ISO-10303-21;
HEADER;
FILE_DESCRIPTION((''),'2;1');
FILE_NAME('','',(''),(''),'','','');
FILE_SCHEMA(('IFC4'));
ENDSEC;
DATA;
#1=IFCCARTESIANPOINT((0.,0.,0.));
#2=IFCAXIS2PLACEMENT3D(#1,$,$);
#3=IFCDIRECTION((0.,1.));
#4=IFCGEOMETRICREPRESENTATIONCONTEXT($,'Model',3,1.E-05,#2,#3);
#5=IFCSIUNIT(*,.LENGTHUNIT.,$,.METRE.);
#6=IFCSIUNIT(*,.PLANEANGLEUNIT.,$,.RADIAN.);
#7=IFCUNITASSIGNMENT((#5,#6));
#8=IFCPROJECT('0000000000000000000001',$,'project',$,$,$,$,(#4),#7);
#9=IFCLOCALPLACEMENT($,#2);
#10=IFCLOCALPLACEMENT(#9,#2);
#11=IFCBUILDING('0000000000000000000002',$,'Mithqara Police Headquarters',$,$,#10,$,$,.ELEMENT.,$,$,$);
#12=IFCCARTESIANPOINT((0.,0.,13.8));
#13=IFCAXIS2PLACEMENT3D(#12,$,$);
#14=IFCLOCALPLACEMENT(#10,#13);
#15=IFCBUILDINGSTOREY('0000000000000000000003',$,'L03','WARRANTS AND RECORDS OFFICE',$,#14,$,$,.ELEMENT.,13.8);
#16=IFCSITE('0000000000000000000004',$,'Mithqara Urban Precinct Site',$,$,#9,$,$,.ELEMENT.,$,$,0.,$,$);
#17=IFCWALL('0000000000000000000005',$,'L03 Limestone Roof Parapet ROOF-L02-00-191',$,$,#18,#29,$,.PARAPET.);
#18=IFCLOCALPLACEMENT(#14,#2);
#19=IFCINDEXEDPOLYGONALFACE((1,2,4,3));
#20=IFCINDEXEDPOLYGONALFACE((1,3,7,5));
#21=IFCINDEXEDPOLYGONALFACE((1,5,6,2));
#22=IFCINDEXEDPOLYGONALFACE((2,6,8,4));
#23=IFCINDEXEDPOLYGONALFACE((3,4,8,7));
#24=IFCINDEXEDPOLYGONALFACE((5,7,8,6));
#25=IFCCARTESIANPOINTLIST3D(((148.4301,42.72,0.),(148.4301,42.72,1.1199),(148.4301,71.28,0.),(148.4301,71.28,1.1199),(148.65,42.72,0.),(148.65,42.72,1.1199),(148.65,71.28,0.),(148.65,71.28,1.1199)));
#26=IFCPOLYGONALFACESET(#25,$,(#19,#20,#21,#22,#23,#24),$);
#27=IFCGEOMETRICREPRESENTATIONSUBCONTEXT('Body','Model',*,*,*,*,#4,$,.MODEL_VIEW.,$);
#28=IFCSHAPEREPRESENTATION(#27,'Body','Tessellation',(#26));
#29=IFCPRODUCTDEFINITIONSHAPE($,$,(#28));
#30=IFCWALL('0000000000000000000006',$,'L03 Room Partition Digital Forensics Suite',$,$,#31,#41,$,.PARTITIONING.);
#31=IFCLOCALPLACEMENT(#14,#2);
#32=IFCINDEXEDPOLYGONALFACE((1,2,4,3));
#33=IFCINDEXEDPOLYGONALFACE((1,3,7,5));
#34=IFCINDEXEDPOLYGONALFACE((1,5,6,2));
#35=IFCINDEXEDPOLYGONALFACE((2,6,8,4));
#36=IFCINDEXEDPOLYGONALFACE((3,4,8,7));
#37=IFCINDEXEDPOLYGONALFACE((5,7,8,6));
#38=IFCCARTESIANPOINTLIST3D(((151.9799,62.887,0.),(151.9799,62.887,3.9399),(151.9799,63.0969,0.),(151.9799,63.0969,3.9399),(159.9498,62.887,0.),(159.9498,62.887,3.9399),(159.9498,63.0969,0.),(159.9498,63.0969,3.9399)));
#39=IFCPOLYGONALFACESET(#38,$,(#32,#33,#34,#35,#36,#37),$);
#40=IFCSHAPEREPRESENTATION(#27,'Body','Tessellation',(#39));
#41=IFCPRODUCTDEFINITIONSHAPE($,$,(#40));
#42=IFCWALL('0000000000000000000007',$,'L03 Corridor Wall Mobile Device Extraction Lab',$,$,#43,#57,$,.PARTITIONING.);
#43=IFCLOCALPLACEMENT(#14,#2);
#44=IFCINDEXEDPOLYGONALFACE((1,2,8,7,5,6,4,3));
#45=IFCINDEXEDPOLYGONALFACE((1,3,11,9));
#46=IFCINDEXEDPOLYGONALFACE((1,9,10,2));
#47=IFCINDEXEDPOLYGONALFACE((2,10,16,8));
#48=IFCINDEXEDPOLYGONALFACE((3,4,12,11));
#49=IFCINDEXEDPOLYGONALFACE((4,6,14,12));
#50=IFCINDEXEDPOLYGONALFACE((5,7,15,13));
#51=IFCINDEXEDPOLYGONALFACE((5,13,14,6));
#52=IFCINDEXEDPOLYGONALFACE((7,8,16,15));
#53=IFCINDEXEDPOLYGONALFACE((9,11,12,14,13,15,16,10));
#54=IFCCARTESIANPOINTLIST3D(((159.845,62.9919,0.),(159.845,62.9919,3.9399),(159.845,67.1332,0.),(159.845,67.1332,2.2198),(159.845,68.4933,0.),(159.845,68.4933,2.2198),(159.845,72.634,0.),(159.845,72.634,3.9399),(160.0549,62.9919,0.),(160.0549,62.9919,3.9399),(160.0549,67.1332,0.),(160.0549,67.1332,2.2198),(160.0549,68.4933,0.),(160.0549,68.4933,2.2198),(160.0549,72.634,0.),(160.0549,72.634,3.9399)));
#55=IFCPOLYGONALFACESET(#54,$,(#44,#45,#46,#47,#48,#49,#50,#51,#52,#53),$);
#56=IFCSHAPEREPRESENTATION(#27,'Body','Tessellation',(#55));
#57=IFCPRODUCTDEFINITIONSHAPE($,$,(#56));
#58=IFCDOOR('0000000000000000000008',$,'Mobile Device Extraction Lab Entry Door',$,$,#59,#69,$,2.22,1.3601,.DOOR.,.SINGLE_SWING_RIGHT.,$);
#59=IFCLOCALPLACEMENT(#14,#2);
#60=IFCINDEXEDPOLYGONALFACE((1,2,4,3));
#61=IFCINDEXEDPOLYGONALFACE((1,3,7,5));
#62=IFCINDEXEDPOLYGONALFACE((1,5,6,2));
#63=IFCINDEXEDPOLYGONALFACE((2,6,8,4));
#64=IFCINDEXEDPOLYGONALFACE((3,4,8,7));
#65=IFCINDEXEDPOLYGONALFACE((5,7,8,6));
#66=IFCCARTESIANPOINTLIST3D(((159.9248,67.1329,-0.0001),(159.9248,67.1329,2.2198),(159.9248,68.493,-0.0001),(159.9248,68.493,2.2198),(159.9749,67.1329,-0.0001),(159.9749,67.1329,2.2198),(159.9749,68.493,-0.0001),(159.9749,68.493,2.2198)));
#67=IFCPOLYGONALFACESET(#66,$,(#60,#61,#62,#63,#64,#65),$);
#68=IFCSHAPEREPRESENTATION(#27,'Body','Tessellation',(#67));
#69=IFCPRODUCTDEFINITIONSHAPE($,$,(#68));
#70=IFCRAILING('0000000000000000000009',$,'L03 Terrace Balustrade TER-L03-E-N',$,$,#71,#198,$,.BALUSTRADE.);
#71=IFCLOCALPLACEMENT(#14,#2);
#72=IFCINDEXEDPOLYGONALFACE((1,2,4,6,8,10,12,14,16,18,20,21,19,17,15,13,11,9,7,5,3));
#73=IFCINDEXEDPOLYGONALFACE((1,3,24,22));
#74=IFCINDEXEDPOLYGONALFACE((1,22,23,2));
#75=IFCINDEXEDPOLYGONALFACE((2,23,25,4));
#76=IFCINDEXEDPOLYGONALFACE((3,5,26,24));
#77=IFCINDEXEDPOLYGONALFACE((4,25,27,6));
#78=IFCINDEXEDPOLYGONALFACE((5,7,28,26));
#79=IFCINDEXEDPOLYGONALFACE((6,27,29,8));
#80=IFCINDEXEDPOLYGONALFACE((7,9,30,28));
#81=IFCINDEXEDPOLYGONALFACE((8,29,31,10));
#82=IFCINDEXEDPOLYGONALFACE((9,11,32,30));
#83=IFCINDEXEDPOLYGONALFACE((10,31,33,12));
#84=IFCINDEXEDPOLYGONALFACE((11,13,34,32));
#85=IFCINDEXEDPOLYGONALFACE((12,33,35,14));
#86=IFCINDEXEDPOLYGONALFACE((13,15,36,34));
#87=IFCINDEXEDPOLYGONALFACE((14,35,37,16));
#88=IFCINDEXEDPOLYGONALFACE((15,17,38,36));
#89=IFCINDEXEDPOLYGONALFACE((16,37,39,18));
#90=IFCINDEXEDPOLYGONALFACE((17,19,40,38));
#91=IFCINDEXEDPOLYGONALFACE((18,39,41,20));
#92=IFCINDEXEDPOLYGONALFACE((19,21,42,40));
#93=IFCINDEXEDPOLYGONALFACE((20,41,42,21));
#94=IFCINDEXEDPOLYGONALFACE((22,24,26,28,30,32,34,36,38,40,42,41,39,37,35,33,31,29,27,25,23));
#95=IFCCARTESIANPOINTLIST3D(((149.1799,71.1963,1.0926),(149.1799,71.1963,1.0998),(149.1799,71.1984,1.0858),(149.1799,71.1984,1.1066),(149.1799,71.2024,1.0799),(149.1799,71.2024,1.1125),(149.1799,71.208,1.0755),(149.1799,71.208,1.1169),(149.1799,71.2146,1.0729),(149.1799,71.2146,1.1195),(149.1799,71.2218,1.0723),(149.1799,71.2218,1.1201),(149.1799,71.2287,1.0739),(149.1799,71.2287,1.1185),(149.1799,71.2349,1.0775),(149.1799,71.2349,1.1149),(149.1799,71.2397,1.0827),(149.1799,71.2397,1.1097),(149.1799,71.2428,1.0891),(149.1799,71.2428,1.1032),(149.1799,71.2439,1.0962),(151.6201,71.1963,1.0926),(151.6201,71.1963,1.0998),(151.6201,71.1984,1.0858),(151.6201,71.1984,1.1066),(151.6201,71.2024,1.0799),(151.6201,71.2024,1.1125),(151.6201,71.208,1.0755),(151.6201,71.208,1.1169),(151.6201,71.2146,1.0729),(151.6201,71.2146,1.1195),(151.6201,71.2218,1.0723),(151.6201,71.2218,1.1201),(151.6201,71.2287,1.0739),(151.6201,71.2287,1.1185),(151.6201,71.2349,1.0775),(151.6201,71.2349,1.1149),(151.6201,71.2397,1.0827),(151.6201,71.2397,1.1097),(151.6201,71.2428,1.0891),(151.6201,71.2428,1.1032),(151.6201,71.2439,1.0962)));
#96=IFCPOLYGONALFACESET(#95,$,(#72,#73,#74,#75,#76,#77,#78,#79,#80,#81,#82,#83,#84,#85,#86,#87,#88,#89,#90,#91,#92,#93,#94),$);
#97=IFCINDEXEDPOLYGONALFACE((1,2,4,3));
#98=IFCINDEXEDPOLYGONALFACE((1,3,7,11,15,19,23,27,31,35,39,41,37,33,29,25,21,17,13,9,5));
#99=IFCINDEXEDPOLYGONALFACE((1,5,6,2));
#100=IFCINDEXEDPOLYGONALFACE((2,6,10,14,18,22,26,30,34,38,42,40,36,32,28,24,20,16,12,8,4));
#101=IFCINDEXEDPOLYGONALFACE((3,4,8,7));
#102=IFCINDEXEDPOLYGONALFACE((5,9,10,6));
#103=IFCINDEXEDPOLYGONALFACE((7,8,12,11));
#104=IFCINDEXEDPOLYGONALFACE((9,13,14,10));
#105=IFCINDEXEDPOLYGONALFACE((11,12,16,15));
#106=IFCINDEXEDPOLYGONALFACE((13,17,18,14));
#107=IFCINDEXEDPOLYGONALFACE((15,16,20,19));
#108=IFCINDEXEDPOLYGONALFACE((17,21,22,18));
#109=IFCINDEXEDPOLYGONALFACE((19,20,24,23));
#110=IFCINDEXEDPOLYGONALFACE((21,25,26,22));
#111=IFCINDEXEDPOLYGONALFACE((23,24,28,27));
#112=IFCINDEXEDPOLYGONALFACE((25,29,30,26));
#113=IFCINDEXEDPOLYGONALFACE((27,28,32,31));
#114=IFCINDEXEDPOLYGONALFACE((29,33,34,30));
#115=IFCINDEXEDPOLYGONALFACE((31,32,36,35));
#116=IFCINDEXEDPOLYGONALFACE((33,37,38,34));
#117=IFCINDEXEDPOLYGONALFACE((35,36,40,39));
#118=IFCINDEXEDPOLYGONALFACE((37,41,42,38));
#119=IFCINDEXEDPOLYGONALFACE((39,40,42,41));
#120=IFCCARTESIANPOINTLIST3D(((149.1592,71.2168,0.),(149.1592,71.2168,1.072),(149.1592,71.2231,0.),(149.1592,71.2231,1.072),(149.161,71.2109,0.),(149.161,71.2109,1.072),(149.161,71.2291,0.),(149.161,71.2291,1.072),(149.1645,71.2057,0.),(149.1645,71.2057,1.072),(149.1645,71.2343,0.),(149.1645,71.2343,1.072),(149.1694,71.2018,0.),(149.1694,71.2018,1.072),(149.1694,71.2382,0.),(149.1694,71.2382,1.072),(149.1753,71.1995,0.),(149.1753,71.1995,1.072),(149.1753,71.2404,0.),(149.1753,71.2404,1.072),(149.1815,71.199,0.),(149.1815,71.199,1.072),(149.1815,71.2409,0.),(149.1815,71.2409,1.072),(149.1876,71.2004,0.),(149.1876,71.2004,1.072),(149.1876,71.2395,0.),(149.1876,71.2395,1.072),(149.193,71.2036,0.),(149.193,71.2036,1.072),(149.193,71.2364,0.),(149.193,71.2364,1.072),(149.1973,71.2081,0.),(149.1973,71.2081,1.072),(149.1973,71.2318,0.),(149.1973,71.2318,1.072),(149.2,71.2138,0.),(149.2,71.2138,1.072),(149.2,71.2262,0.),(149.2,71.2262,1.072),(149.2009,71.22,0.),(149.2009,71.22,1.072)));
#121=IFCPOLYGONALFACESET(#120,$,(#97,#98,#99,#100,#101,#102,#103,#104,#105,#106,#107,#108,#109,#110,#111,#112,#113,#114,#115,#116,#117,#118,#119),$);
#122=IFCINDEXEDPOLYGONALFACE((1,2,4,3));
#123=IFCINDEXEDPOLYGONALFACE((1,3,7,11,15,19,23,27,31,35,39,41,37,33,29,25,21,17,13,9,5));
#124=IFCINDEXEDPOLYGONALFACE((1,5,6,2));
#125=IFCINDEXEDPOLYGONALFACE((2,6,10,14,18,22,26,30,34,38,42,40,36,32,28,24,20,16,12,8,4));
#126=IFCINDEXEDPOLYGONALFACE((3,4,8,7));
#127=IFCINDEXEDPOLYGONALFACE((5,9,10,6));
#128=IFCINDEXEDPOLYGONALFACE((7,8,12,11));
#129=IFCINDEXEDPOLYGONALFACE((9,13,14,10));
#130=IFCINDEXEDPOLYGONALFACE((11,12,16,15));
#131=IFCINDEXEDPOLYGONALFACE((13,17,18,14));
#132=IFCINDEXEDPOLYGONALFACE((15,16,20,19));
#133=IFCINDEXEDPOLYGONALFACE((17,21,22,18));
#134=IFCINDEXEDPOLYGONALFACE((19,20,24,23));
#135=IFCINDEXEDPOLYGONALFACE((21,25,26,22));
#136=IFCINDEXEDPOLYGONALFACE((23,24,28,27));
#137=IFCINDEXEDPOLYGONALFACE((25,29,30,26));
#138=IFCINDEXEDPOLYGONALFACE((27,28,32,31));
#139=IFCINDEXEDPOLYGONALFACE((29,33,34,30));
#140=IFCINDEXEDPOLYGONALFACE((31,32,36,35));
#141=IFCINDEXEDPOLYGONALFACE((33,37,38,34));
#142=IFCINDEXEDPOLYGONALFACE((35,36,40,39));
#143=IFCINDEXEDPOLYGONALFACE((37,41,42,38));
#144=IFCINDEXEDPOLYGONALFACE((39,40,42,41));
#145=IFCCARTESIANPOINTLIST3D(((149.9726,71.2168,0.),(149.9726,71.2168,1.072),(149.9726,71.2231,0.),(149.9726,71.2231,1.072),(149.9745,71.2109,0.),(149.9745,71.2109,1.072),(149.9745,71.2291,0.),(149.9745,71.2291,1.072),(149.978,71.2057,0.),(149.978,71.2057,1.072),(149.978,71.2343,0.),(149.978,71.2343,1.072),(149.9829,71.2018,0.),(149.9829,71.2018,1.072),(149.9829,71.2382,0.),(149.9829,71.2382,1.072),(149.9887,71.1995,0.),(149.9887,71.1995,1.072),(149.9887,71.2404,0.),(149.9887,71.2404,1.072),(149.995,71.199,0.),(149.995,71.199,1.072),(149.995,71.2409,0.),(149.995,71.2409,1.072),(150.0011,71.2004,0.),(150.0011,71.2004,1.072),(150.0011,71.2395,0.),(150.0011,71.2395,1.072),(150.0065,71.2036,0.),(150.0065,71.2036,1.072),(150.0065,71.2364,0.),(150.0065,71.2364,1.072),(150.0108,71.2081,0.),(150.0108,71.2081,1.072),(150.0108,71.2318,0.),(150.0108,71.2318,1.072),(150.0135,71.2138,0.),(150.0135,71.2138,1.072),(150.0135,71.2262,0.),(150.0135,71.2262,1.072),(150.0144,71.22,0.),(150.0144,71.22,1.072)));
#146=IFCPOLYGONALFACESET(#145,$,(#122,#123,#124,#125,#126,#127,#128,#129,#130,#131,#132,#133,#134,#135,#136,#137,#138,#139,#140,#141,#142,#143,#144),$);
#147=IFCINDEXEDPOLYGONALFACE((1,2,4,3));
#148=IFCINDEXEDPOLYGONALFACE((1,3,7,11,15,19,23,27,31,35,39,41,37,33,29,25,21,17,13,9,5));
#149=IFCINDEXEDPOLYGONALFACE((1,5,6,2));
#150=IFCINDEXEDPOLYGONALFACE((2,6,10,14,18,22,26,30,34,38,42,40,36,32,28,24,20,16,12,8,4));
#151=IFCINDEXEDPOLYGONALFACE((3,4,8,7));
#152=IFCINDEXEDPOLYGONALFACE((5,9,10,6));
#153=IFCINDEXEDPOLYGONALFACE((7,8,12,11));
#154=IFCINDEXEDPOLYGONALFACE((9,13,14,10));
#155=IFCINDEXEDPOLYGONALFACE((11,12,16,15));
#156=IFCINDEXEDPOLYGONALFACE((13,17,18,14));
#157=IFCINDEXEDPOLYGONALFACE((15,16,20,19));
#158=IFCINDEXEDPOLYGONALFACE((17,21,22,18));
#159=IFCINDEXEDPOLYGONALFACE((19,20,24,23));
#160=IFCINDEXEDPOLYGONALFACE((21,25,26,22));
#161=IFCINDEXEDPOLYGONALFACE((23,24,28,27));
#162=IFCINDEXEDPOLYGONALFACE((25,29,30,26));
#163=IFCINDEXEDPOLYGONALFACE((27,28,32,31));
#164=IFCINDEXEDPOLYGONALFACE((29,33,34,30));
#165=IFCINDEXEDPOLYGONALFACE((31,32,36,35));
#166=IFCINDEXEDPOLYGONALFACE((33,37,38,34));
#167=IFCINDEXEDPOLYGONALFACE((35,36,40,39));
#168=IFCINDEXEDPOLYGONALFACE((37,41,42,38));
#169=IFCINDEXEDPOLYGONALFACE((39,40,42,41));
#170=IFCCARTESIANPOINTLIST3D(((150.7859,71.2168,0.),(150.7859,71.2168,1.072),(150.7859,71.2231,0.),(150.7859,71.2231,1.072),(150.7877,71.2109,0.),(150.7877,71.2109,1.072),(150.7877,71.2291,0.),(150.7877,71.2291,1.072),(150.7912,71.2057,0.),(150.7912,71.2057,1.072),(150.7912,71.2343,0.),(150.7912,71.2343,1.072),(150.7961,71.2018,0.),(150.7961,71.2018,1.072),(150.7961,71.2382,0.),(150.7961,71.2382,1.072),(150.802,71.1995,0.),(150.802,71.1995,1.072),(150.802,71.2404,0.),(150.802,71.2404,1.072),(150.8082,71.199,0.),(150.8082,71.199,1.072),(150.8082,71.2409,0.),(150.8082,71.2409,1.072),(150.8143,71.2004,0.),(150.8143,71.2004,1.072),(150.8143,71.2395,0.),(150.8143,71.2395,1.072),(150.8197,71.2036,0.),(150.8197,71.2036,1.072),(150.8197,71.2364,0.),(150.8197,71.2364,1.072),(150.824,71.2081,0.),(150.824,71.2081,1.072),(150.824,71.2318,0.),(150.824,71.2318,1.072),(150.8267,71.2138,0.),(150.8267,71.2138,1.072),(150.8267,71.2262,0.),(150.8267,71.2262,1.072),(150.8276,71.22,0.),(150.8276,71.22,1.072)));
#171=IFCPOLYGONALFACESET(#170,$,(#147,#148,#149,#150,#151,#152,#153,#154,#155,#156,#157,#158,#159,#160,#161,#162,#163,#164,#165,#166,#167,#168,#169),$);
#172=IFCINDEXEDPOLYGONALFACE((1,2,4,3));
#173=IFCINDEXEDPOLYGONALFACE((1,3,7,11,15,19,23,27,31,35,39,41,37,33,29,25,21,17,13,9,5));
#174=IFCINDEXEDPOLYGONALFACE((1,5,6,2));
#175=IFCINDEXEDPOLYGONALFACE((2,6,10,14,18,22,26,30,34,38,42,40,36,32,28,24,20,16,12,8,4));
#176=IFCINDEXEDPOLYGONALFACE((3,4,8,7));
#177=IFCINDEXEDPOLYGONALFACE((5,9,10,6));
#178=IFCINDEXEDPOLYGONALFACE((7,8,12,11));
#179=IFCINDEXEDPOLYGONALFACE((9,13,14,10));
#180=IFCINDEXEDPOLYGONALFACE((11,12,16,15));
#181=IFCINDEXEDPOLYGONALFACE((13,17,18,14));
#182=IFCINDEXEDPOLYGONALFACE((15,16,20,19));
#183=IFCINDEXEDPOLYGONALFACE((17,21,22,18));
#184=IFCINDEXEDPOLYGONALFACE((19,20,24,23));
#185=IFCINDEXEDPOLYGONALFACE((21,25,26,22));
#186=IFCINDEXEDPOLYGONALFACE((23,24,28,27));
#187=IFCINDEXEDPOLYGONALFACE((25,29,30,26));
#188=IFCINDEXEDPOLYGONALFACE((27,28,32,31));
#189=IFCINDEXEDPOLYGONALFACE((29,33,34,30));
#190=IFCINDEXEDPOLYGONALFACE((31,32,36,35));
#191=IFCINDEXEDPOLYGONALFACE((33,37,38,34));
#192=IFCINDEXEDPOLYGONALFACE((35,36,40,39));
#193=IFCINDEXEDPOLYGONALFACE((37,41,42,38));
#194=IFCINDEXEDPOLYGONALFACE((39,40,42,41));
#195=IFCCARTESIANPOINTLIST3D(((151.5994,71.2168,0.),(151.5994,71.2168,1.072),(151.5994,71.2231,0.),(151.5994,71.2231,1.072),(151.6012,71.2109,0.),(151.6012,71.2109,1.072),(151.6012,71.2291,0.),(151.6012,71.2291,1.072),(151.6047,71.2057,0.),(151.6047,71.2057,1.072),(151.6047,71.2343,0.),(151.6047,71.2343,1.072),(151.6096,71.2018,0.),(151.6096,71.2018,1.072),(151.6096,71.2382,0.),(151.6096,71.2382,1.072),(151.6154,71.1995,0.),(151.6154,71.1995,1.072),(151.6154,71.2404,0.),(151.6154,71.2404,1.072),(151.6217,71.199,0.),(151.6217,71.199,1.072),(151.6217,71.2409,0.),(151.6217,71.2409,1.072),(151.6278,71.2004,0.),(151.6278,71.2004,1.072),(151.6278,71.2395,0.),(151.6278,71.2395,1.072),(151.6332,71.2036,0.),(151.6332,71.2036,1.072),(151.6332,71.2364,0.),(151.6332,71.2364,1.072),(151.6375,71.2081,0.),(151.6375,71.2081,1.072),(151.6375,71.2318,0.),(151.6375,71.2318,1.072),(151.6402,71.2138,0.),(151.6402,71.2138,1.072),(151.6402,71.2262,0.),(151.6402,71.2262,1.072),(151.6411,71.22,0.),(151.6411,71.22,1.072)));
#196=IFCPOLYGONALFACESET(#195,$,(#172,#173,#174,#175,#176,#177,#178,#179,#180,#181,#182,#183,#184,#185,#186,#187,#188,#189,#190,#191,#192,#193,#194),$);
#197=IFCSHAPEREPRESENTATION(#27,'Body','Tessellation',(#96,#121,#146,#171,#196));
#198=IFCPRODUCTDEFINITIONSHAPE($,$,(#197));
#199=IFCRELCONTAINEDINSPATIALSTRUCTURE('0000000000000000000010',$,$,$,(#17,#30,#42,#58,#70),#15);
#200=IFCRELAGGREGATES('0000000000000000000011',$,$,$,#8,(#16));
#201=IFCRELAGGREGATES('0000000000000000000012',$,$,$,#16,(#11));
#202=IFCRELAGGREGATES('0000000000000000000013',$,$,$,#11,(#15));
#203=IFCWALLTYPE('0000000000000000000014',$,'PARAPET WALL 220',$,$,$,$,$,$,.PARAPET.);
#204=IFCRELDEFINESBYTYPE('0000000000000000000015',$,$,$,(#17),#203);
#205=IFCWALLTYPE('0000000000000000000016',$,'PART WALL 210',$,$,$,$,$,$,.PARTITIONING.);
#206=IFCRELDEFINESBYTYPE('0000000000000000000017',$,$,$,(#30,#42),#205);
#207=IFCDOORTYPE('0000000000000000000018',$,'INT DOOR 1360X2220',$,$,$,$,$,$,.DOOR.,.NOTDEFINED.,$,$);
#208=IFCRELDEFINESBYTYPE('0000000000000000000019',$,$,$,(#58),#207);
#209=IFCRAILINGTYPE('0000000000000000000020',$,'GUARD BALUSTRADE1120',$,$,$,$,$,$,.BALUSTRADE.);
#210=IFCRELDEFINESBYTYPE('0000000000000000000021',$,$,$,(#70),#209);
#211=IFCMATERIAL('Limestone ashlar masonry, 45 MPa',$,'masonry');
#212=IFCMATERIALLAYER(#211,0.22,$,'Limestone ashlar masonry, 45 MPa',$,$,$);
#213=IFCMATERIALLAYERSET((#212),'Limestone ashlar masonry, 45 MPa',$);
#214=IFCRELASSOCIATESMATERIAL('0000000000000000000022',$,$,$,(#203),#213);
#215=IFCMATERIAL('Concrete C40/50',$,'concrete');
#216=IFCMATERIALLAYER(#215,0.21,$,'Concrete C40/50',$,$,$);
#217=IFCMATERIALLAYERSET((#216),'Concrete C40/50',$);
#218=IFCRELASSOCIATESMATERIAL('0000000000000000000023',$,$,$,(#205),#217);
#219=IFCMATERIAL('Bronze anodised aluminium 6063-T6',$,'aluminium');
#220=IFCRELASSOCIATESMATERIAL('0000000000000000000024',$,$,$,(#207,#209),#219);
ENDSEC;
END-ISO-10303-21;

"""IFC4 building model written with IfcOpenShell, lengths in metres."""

from ifc_helpers import new_model, si_unit, direction, frame, frame_2d, origin, origin_2d, place, context, subcontext, project, spatial, rectangle, circle, extrude, material, layer, layer_set, type_object, element, fill, save


model = new_model("IFC4")

# Units and contexts
model_context = context("Model", 3, precision=1e-05, world=origin(), true_north=direction((0.0, 1.0)))
body_context = subcontext(model_context, "Body", "Model", "MODEL_VIEW")
ifc_project = project(units=[si_unit("LENGTHUNIT", "METRE"), si_unit("PLANEANGLEUNIT", "RADIAN")], contexts=[model_context])

# Site, building, storey
site_placement = place(None, origin())
site = spatial("IfcSite", under=ifc_project, at=site_placement, Name="Mithqara Urban Precinct Site", CompositionType="ELEMENT", RefElevation=0.0)
building_placement = place(site_placement, origin())
building = spatial("IfcBuilding", under=site, at=building_placement, Name="Mithqara Police Headquarters", CompositionType="ELEMENT")
storey_placement = place(building_placement, frame((0.0, 0.0, 13.8)))
storey = spatial("IfcBuildingStorey", under=building, at=storey_placement, Name="L03", Description="WARRANTS AND RECORDS OFFICE", CompositionType="ELEMENT", Elevation=13.8)

# Shared definitions
ifc_material_1 = material(Name="Concrete C40/50", Category="concrete")

# Shared definitions
ifc_material_2 = material(Name="Bronze anodised aluminium 6063-T6", Category="aluminium")

# Walls
ifc_material_3 = material(Name="Limestone ashlar masonry, 45 MPa", Category="masonry")
ifc_layer_1 = layer(ifc_material_3, 0.22, Name="Limestone ashlar masonry, 45 MPa")
ifc_layer_set_1 = layer_set([ifc_layer_1], Name="Limestone ashlar masonry, 45 MPa")
wall_type_1 = type_object("IfcWallType", Name="PARAPET WALL 220", PredefinedType="PARAPET", material=ifc_layer_set_1)
wall_1_placement = place(storey_placement, frame((148.54, 71.28, 0.0), z_axis=(0.0, 0.0, 1.0), x_axis=(0.0, -1.0, 0.0)))
element("IfcWall", 1, at=wall_1_placement, inside=storey, type_object=wall_type_1, Name="L03 Limestone Roof Parapet ROOF-L02-00-191", PredefinedType="PARAPET", context=body_context, shape_type="SweptSolid", body=[
    extrude(rectangle(XDim=28.5601, YDim=0.22, at=frame_2d((14.28, 0.0))), origin(), (0.0, 0.0, 1.0), 1.1199),
])
ifc_layer_2 = layer(ifc_material_1, 0.21, Name="Concrete C40/50")
ifc_layer_set_2 = layer_set([ifc_layer_2], Name="Concrete C40/50")
wall_type_2 = type_object("IfcWallType", Name="PART WALL 210", PredefinedType="PARTITIONING", material=ifc_layer_set_2)
wall_2_placement = place(storey_placement, frame((151.98, 62.9919, 0.0), z_axis=(0.0, 0.0, 1.0), x_axis=(1.0, 0.0, 0.0)))
element("IfcWall", 2, at=wall_2_placement, inside=storey, type_object=wall_type_2, Name="L03 Room Partition Digital Forensics Suite", PredefinedType="PARTITIONING", context=body_context, shape_type="SweptSolid", body=[
    extrude(rectangle(XDim=7.97, YDim=0.21, at=frame_2d((3.9849, 0.0))), origin(), (0.0, 0.0, 1.0), 3.9399),
])

# Wall, opening, door
wall_3_placement = place(storey_placement, frame((159.95, 62.9919, 0.0), z_axis=(0.0, 0.0, 1.0), x_axis=(0.0, 1.0, 0.0)))
wall_3 = element("IfcWall", 3, at=wall_3_placement, inside=storey, type_object=wall_type_2, Name="L03 Corridor Wall Mobile Device Extraction Lab", PredefinedType="PARTITIONING", context=body_context, shape_type="SweptSolid", body=[
    extrude(rectangle(XDim=9.6421, YDim=0.21, at=frame_2d((4.821, 0.0))), origin(), (0.0, 0.0, 1.0), 3.9399),
])
opening_placement = place(wall_3_placement, frame((4.1411, 0.0, 0.0)))
opening = element("IfcOpeningElement", 4, at=opening_placement, cuts=wall_3, PredefinedType="OPENING", context=body_context, shape_type="SweptSolid", body=[
    extrude(rectangle(XDim=1.3601, YDim=2.22, at=frame_2d((0.6802, 1.1099))), frame((0.0, 0.115, 0.0), z_axis=(0.0, -1.0, 0.0), x_axis=(1.0, 0.0, 0.0)), (0.0, 0.0, 1.0), 0.23),
])
door_type = type_object("IfcDoorType", Name="INT DOOR 1360X2220", OperationType="NOTDEFINED", PredefinedType="DOOR", material=ifc_material_2)
door_placement = place(opening_placement, frame((1.3601, 0.0, 0.0), z_axis=(0.0, 0.0, 1.0), x_axis=(-1.0, 0.0, 0.0)))
door = element("IfcDoor", 5, at=door_placement, inside=storey, type_object=door_type, Name="Mobile Device Extraction Lab Entry Door", OperationType="SINGLE_SWING_RIGHT", OverallHeight=2.22, OverallWidth=1.3601, PredefinedType="DOOR", context=body_context, shape_type="SweptSolid", body=[
    extrude(rectangle(XDim=1.3601, YDim=2.22, at=frame_2d((0.6802, 1.1099))), frame((0.0, 0.0249, 0.0), z_axis=(0.0, -1.0, 0.0), x_axis=(1.0, 0.0, 0.0)), (0.0, 0.0, 1.0), 0.05),
])
fill(opening, door)

# Railing
railing_type = type_object("IfcRailingType", Name="GUARD BALUSTRADE1120", PredefinedType="BALUSTRADE", material=ifc_material_2)
railing_placement = place(storey_placement, frame((149.1799, 71.22, 0.0)))
element("IfcRailing", 6, at=railing_placement, inside=storey, type_object=railing_type, Name="L03 Terrace Balustrade TER-L03-E-N", PredefinedType="BALUSTRADE", context=body_context, shape_type="SweptSolid", body=[
    extrude(circle(Radius=0.0239, at=origin_2d()), frame((0.0, 0.0, 1.0962), z_axis=(1.0, 0.0, 0.0), x_axis=(0.0, 1.0, 0.0)), (0.0, 0.0, 1.0), 2.4402),
    extrude(circle(Radius=0.021, at=origin_2d()), origin(), (0.0, 0.0, 1.0), 1.072),
    extrude(circle(Radius=0.021, at=origin_2d()), frame((0.8135, 0.0, 0.0)), (0.0, 0.0, 1.0), 1.072),
    extrude(circle(Radius=0.021, at=origin_2d()), frame((1.6267, 0.0, 0.0)), (0.0, 0.0, 1.0), 1.072),
    extrude(circle(Radius=0.021, at=origin_2d()), frame((2.4402, 0.0, 0.0)), (0.0, 0.0, 1.0), 1.072),
])

save(model, "model.ifc")
